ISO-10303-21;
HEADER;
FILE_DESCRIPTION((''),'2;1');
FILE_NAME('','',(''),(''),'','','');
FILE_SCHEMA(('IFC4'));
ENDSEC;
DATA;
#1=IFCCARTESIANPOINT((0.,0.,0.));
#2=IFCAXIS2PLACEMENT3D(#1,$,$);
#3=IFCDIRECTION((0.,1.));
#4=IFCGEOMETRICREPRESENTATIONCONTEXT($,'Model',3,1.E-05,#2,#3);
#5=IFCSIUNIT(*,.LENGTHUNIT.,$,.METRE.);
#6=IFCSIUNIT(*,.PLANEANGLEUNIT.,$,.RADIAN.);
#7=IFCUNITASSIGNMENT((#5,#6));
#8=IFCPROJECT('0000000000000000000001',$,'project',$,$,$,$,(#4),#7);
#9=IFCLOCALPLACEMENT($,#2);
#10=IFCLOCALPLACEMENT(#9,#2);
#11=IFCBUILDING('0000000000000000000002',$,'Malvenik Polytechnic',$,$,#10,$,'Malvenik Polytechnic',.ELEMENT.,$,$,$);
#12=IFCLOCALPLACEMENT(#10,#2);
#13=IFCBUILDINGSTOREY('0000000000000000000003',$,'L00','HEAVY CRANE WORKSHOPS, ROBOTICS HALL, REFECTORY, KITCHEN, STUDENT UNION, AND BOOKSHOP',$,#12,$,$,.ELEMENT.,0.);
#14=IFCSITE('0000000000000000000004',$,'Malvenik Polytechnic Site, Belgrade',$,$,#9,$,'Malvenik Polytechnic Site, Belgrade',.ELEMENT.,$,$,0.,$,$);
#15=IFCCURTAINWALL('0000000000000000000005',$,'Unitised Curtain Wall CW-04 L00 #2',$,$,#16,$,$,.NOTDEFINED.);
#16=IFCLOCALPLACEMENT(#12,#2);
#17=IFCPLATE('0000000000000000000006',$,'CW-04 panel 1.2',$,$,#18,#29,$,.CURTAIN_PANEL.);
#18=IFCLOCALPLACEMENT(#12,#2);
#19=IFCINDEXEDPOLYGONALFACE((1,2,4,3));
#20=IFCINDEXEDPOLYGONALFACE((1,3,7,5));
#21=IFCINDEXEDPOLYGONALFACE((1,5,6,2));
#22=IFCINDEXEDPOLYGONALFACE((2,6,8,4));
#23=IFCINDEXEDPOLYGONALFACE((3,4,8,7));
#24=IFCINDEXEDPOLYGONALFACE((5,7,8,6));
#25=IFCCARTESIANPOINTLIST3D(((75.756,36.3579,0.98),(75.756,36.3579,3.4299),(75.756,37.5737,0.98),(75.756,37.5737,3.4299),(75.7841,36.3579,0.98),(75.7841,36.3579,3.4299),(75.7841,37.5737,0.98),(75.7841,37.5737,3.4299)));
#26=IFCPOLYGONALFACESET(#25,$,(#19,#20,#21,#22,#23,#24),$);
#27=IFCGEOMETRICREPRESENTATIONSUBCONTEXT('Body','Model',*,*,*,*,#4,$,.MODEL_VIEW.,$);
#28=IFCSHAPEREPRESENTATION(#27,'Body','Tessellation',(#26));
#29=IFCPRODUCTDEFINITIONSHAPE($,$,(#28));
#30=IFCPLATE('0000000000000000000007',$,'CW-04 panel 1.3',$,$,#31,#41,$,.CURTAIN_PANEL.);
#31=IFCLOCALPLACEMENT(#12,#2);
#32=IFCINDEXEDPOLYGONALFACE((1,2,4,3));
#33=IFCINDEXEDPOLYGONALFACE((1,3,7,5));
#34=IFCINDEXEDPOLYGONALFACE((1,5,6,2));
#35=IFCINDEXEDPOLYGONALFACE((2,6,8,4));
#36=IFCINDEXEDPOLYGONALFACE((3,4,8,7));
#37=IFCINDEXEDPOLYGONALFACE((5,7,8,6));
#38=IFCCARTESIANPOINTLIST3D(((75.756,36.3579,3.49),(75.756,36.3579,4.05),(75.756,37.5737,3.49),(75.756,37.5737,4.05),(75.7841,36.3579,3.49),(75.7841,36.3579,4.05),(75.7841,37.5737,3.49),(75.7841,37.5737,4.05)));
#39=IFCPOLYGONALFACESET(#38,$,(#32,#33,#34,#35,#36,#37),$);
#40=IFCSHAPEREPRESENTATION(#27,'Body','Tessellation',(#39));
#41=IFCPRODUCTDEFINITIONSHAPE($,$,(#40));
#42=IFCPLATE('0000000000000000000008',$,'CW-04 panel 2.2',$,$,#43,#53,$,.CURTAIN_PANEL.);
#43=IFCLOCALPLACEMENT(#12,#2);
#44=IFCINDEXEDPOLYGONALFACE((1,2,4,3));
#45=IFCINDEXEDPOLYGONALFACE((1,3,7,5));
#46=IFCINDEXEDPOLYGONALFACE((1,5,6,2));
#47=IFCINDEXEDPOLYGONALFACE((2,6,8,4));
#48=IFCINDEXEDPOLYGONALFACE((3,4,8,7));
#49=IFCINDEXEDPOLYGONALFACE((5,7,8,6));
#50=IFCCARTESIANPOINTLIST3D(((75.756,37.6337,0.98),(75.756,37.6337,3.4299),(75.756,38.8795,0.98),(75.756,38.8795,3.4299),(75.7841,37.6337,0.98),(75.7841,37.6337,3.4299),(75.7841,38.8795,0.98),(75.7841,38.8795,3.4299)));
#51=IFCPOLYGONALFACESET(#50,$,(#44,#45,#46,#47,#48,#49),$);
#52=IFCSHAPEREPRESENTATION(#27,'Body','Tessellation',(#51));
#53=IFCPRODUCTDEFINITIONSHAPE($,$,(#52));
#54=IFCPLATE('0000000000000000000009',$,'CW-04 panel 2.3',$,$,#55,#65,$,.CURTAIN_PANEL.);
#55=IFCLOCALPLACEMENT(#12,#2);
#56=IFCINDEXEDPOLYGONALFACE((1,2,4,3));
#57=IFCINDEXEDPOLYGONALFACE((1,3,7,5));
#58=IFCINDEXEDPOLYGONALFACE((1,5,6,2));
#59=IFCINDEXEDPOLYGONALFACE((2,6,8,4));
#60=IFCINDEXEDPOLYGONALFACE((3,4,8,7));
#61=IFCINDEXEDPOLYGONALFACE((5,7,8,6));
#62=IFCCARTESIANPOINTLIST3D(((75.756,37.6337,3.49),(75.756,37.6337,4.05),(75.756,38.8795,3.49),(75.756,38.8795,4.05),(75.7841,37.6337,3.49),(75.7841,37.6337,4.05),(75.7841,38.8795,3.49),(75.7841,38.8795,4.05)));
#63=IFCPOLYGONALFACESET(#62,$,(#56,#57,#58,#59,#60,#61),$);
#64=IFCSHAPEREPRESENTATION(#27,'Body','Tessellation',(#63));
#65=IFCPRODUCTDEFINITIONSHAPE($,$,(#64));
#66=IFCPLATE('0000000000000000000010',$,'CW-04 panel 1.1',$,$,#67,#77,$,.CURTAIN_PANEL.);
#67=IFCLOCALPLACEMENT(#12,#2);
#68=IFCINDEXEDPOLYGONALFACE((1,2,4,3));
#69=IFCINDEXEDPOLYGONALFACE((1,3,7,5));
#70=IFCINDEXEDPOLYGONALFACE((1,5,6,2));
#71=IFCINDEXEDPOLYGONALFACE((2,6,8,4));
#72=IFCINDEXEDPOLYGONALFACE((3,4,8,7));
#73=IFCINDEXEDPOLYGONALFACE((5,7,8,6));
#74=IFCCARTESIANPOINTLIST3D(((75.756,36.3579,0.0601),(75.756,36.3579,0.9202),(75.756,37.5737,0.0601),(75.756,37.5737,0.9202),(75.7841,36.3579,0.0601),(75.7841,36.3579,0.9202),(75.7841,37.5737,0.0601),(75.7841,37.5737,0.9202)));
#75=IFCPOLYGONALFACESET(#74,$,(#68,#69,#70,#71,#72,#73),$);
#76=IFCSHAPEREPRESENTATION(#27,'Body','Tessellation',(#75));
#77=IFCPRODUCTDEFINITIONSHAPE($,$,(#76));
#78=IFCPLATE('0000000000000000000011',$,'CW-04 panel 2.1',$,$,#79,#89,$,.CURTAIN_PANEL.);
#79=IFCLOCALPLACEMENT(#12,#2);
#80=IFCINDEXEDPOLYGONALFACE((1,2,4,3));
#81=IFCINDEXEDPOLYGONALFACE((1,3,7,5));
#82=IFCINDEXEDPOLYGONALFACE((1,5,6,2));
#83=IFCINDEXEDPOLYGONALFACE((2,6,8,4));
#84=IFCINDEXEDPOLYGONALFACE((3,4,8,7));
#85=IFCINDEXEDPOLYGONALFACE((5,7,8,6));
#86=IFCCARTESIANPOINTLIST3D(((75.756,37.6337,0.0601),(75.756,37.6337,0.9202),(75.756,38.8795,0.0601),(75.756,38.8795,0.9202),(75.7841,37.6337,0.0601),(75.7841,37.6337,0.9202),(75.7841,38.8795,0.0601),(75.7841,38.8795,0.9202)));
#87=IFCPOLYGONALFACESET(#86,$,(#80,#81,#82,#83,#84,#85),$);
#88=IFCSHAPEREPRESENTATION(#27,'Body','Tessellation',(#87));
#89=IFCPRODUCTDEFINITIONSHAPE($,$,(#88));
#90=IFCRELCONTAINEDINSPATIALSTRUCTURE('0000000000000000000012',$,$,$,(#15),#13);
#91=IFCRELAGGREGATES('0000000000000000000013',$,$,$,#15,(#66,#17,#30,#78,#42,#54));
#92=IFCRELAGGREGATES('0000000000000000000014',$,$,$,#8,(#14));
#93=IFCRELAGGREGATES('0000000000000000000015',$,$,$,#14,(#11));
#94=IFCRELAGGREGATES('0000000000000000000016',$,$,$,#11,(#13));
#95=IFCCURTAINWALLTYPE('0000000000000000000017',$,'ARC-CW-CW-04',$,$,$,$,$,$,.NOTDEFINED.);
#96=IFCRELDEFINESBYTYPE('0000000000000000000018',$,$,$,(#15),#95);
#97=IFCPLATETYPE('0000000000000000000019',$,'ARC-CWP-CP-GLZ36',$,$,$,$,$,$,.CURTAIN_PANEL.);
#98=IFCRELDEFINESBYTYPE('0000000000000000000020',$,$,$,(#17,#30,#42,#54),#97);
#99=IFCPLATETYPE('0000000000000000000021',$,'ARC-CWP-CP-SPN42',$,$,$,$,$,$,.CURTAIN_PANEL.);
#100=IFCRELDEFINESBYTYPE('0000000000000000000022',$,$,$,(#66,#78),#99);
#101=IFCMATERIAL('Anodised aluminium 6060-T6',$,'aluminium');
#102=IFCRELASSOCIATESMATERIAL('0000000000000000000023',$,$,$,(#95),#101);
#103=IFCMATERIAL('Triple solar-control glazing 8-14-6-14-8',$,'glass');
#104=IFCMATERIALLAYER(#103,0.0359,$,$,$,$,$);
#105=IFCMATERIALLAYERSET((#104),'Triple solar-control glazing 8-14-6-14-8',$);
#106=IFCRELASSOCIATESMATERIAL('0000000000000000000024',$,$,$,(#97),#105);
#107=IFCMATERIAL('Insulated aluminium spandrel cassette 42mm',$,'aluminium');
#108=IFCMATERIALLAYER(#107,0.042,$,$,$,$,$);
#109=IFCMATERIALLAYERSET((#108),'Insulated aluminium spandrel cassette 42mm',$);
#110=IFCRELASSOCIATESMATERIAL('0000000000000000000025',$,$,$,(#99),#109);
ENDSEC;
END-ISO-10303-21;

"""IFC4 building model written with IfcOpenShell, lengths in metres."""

from ifc_helpers import new_model, si_unit, direction, frame, origin, origin_2d, place, context, subcontext, project, spatial, rectangle, extrude, material, layer, layer_set, type_object, element, aggregate, save


model = new_model("IFC4")

# Units and contexts
model_context = context("Model", 3, precision=1e-05, world=origin(), true_north=direction((0.0, 1.0)))
body_context = subcontext(model_context, "Body", "Model", "MODEL_VIEW")
ifc_project = project(units=[si_unit("LENGTHUNIT", "METRE"), si_unit("PLANEANGLEUNIT", "RADIAN")], contexts=[model_context])

# Site, building, storey
site_placement = place(None, origin())
site = spatial("IfcSite", under=ifc_project, at=site_placement, Name="Malvenik Polytechnic Site, Belgrade", LongName="Malvenik Polytechnic Site, Belgrade", CompositionType="ELEMENT", RefElevation=0.0)
building_placement = place(site_placement, origin())
building = spatial("IfcBuilding", under=site, at=building_placement, Name="Malvenik Polytechnic", LongName="Malvenik Polytechnic", CompositionType="ELEMENT")
storey_placement = place(building_placement, origin())
storey = spatial("IfcBuildingStorey", under=building, at=storey_placement, Name="L00", Description="HEAVY CRANE WORKSHOPS, ROBOTICS HALL, REFECTORY, KITCHEN, STUDENT UNION, AND BOOKSHOP", CompositionType="ELEMENT", Elevation=0.0)

# Curtain wall
ifc_material_1 = material(Name="Anodised aluminium 6060-T6", Category="aluminium")
curtain_wall_type = type_object("IfcCurtainWallType", Name="ARC-CW-CW-04", PredefinedType="NOTDEFINED", material=ifc_material_1)
curtain_wall_placement = place(storey_placement, origin())
curtain_wall = element("IfcCurtainWall", 1, at=curtain_wall_placement, inside=storey, type_object=curtain_wall_type, Name="Unitised Curtain Wall CW-04 L00 #2", PredefinedType="NOTDEFINED")

# Plates
ifc_material_2 = material(Name="Triple solar-control glazing 8-14-6-14-8", Category="glass")
ifc_layer_1 = layer(ifc_material_2, 0.0359)
ifc_layer_set_1 = layer_set([ifc_layer_1], Name="Triple solar-control glazing 8-14-6-14-8")
plate_type_1 = type_object("IfcPlateType", Name="ARC-CWP-CP-GLZ36", PredefinedType="CURTAIN_PANEL", material=ifc_layer_set_1)
plate_1_placement = place(storey_placement, frame((75.77, 36.9658, 0.98), z_axis=(0.0, 0.0, 1.0), x_axis=(0.0, 1.0, 0.0)))
plate_1 = element("IfcPlate", 2, at=plate_1_placement, type_object=plate_type_1, Name="CW-04 panel 1.2", PredefinedType="CURTAIN_PANEL", context=body_context, shape_type="SweptSolid", body=[
    extrude(rectangle(XDim=1.2158, YDim=0.0281, at=origin_2d()), origin(), (0.0, 0.0, 1.0), 2.45),
])
plate_2_placement = place(storey_placement, frame((75.77, 36.9658, 3.49), z_axis=(0.0, 0.0, 1.0), x_axis=(0.0, 1.0, 0.0)))
plate_2 = element("IfcPlate", 3, at=plate_2_placement, type_object=plate_type_1, Name="CW-04 panel 1.3", PredefinedType="CURTAIN_PANEL", context=body_context, shape_type="SweptSolid", body=[
    extrude(rectangle(XDim=1.2158, YDim=0.0281, at=origin_2d()), origin(), (0.0, 0.0, 1.0), 0.5601),
])
plate_3_placement = place(storey_placement, frame((75.77, 38.2566, 0.98), z_axis=(0.0, 0.0, 1.0), x_axis=(0.0, 1.0, 0.0)))
plate_3 = element("IfcPlate", 4, at=plate_3_placement, type_object=plate_type_1, Name="CW-04 panel 2.2", PredefinedType="CURTAIN_PANEL", context=body_context, shape_type="SweptSolid", body=[
    extrude(rectangle(XDim=1.2458, YDim=0.0281, at=origin_2d()), origin(), (0.0, 0.0, 1.0), 2.45),
])
plate_4_placement = place(storey_placement, frame((75.77, 38.2566, 3.49), z_axis=(0.0, 0.0, 1.0), x_axis=(0.0, 1.0, 0.0)))
plate_4 = element("IfcPlate", 5, at=plate_4_placement, type_object=plate_type_1, Name="CW-04 panel 2.3", PredefinedType="CURTAIN_PANEL", context=body_context, shape_type="SweptSolid", body=[
    extrude(rectangle(XDim=1.2458, YDim=0.0281, at=origin_2d()), origin(), (0.0, 0.0, 1.0), 0.5601),
])
ifc_material_3 = material(Name="Insulated aluminium spandrel cassette 42mm", Category="aluminium")
ifc_layer_2 = layer(ifc_material_3, 0.042)
ifc_layer_set_2 = layer_set([ifc_layer_2], Name="Insulated aluminium spandrel cassette 42mm")
plate_type_2 = type_object("IfcPlateType", Name="ARC-CWP-CP-SPN42", PredefinedType="CURTAIN_PANEL", material=ifc_layer_set_2)
plate_5_placement = place(storey_placement, frame((75.77, 36.9658, 0.0601), z_axis=(0.0, 0.0, 1.0), x_axis=(0.0, 1.0, 0.0)))
plate_5 = element("IfcPlate", 6, at=plate_5_placement, type_object=plate_type_2, Name="CW-04 panel 1.1", PredefinedType="CURTAIN_PANEL", context=body_context, shape_type="SweptSolid", body=[
    extrude(rectangle(XDim=1.2158, YDim=0.0281, at=origin_2d()), origin(), (0.0, 0.0, 1.0), 0.8601),
])
plate_6_placement = place(storey_placement, frame((75.77, 38.2566, 0.0601), z_axis=(0.0, 0.0, 1.0), x_axis=(0.0, 1.0, 0.0)))
plate_6 = element("IfcPlate", 7, at=plate_6_placement, type_object=plate_type_2, Name="CW-04 panel 2.1", PredefinedType="CURTAIN_PANEL", context=body_context, shape_type="SweptSolid", body=[
    extrude(rectangle(XDim=1.2458, YDim=0.0281, at=origin_2d()), origin(), (0.0, 0.0, 1.0), 0.8601),
])
aggregate(curtain_wall, [plate_5, plate_1, plate_2, plate_6, plate_3, plate_4])

save(model, "model.ifc")
